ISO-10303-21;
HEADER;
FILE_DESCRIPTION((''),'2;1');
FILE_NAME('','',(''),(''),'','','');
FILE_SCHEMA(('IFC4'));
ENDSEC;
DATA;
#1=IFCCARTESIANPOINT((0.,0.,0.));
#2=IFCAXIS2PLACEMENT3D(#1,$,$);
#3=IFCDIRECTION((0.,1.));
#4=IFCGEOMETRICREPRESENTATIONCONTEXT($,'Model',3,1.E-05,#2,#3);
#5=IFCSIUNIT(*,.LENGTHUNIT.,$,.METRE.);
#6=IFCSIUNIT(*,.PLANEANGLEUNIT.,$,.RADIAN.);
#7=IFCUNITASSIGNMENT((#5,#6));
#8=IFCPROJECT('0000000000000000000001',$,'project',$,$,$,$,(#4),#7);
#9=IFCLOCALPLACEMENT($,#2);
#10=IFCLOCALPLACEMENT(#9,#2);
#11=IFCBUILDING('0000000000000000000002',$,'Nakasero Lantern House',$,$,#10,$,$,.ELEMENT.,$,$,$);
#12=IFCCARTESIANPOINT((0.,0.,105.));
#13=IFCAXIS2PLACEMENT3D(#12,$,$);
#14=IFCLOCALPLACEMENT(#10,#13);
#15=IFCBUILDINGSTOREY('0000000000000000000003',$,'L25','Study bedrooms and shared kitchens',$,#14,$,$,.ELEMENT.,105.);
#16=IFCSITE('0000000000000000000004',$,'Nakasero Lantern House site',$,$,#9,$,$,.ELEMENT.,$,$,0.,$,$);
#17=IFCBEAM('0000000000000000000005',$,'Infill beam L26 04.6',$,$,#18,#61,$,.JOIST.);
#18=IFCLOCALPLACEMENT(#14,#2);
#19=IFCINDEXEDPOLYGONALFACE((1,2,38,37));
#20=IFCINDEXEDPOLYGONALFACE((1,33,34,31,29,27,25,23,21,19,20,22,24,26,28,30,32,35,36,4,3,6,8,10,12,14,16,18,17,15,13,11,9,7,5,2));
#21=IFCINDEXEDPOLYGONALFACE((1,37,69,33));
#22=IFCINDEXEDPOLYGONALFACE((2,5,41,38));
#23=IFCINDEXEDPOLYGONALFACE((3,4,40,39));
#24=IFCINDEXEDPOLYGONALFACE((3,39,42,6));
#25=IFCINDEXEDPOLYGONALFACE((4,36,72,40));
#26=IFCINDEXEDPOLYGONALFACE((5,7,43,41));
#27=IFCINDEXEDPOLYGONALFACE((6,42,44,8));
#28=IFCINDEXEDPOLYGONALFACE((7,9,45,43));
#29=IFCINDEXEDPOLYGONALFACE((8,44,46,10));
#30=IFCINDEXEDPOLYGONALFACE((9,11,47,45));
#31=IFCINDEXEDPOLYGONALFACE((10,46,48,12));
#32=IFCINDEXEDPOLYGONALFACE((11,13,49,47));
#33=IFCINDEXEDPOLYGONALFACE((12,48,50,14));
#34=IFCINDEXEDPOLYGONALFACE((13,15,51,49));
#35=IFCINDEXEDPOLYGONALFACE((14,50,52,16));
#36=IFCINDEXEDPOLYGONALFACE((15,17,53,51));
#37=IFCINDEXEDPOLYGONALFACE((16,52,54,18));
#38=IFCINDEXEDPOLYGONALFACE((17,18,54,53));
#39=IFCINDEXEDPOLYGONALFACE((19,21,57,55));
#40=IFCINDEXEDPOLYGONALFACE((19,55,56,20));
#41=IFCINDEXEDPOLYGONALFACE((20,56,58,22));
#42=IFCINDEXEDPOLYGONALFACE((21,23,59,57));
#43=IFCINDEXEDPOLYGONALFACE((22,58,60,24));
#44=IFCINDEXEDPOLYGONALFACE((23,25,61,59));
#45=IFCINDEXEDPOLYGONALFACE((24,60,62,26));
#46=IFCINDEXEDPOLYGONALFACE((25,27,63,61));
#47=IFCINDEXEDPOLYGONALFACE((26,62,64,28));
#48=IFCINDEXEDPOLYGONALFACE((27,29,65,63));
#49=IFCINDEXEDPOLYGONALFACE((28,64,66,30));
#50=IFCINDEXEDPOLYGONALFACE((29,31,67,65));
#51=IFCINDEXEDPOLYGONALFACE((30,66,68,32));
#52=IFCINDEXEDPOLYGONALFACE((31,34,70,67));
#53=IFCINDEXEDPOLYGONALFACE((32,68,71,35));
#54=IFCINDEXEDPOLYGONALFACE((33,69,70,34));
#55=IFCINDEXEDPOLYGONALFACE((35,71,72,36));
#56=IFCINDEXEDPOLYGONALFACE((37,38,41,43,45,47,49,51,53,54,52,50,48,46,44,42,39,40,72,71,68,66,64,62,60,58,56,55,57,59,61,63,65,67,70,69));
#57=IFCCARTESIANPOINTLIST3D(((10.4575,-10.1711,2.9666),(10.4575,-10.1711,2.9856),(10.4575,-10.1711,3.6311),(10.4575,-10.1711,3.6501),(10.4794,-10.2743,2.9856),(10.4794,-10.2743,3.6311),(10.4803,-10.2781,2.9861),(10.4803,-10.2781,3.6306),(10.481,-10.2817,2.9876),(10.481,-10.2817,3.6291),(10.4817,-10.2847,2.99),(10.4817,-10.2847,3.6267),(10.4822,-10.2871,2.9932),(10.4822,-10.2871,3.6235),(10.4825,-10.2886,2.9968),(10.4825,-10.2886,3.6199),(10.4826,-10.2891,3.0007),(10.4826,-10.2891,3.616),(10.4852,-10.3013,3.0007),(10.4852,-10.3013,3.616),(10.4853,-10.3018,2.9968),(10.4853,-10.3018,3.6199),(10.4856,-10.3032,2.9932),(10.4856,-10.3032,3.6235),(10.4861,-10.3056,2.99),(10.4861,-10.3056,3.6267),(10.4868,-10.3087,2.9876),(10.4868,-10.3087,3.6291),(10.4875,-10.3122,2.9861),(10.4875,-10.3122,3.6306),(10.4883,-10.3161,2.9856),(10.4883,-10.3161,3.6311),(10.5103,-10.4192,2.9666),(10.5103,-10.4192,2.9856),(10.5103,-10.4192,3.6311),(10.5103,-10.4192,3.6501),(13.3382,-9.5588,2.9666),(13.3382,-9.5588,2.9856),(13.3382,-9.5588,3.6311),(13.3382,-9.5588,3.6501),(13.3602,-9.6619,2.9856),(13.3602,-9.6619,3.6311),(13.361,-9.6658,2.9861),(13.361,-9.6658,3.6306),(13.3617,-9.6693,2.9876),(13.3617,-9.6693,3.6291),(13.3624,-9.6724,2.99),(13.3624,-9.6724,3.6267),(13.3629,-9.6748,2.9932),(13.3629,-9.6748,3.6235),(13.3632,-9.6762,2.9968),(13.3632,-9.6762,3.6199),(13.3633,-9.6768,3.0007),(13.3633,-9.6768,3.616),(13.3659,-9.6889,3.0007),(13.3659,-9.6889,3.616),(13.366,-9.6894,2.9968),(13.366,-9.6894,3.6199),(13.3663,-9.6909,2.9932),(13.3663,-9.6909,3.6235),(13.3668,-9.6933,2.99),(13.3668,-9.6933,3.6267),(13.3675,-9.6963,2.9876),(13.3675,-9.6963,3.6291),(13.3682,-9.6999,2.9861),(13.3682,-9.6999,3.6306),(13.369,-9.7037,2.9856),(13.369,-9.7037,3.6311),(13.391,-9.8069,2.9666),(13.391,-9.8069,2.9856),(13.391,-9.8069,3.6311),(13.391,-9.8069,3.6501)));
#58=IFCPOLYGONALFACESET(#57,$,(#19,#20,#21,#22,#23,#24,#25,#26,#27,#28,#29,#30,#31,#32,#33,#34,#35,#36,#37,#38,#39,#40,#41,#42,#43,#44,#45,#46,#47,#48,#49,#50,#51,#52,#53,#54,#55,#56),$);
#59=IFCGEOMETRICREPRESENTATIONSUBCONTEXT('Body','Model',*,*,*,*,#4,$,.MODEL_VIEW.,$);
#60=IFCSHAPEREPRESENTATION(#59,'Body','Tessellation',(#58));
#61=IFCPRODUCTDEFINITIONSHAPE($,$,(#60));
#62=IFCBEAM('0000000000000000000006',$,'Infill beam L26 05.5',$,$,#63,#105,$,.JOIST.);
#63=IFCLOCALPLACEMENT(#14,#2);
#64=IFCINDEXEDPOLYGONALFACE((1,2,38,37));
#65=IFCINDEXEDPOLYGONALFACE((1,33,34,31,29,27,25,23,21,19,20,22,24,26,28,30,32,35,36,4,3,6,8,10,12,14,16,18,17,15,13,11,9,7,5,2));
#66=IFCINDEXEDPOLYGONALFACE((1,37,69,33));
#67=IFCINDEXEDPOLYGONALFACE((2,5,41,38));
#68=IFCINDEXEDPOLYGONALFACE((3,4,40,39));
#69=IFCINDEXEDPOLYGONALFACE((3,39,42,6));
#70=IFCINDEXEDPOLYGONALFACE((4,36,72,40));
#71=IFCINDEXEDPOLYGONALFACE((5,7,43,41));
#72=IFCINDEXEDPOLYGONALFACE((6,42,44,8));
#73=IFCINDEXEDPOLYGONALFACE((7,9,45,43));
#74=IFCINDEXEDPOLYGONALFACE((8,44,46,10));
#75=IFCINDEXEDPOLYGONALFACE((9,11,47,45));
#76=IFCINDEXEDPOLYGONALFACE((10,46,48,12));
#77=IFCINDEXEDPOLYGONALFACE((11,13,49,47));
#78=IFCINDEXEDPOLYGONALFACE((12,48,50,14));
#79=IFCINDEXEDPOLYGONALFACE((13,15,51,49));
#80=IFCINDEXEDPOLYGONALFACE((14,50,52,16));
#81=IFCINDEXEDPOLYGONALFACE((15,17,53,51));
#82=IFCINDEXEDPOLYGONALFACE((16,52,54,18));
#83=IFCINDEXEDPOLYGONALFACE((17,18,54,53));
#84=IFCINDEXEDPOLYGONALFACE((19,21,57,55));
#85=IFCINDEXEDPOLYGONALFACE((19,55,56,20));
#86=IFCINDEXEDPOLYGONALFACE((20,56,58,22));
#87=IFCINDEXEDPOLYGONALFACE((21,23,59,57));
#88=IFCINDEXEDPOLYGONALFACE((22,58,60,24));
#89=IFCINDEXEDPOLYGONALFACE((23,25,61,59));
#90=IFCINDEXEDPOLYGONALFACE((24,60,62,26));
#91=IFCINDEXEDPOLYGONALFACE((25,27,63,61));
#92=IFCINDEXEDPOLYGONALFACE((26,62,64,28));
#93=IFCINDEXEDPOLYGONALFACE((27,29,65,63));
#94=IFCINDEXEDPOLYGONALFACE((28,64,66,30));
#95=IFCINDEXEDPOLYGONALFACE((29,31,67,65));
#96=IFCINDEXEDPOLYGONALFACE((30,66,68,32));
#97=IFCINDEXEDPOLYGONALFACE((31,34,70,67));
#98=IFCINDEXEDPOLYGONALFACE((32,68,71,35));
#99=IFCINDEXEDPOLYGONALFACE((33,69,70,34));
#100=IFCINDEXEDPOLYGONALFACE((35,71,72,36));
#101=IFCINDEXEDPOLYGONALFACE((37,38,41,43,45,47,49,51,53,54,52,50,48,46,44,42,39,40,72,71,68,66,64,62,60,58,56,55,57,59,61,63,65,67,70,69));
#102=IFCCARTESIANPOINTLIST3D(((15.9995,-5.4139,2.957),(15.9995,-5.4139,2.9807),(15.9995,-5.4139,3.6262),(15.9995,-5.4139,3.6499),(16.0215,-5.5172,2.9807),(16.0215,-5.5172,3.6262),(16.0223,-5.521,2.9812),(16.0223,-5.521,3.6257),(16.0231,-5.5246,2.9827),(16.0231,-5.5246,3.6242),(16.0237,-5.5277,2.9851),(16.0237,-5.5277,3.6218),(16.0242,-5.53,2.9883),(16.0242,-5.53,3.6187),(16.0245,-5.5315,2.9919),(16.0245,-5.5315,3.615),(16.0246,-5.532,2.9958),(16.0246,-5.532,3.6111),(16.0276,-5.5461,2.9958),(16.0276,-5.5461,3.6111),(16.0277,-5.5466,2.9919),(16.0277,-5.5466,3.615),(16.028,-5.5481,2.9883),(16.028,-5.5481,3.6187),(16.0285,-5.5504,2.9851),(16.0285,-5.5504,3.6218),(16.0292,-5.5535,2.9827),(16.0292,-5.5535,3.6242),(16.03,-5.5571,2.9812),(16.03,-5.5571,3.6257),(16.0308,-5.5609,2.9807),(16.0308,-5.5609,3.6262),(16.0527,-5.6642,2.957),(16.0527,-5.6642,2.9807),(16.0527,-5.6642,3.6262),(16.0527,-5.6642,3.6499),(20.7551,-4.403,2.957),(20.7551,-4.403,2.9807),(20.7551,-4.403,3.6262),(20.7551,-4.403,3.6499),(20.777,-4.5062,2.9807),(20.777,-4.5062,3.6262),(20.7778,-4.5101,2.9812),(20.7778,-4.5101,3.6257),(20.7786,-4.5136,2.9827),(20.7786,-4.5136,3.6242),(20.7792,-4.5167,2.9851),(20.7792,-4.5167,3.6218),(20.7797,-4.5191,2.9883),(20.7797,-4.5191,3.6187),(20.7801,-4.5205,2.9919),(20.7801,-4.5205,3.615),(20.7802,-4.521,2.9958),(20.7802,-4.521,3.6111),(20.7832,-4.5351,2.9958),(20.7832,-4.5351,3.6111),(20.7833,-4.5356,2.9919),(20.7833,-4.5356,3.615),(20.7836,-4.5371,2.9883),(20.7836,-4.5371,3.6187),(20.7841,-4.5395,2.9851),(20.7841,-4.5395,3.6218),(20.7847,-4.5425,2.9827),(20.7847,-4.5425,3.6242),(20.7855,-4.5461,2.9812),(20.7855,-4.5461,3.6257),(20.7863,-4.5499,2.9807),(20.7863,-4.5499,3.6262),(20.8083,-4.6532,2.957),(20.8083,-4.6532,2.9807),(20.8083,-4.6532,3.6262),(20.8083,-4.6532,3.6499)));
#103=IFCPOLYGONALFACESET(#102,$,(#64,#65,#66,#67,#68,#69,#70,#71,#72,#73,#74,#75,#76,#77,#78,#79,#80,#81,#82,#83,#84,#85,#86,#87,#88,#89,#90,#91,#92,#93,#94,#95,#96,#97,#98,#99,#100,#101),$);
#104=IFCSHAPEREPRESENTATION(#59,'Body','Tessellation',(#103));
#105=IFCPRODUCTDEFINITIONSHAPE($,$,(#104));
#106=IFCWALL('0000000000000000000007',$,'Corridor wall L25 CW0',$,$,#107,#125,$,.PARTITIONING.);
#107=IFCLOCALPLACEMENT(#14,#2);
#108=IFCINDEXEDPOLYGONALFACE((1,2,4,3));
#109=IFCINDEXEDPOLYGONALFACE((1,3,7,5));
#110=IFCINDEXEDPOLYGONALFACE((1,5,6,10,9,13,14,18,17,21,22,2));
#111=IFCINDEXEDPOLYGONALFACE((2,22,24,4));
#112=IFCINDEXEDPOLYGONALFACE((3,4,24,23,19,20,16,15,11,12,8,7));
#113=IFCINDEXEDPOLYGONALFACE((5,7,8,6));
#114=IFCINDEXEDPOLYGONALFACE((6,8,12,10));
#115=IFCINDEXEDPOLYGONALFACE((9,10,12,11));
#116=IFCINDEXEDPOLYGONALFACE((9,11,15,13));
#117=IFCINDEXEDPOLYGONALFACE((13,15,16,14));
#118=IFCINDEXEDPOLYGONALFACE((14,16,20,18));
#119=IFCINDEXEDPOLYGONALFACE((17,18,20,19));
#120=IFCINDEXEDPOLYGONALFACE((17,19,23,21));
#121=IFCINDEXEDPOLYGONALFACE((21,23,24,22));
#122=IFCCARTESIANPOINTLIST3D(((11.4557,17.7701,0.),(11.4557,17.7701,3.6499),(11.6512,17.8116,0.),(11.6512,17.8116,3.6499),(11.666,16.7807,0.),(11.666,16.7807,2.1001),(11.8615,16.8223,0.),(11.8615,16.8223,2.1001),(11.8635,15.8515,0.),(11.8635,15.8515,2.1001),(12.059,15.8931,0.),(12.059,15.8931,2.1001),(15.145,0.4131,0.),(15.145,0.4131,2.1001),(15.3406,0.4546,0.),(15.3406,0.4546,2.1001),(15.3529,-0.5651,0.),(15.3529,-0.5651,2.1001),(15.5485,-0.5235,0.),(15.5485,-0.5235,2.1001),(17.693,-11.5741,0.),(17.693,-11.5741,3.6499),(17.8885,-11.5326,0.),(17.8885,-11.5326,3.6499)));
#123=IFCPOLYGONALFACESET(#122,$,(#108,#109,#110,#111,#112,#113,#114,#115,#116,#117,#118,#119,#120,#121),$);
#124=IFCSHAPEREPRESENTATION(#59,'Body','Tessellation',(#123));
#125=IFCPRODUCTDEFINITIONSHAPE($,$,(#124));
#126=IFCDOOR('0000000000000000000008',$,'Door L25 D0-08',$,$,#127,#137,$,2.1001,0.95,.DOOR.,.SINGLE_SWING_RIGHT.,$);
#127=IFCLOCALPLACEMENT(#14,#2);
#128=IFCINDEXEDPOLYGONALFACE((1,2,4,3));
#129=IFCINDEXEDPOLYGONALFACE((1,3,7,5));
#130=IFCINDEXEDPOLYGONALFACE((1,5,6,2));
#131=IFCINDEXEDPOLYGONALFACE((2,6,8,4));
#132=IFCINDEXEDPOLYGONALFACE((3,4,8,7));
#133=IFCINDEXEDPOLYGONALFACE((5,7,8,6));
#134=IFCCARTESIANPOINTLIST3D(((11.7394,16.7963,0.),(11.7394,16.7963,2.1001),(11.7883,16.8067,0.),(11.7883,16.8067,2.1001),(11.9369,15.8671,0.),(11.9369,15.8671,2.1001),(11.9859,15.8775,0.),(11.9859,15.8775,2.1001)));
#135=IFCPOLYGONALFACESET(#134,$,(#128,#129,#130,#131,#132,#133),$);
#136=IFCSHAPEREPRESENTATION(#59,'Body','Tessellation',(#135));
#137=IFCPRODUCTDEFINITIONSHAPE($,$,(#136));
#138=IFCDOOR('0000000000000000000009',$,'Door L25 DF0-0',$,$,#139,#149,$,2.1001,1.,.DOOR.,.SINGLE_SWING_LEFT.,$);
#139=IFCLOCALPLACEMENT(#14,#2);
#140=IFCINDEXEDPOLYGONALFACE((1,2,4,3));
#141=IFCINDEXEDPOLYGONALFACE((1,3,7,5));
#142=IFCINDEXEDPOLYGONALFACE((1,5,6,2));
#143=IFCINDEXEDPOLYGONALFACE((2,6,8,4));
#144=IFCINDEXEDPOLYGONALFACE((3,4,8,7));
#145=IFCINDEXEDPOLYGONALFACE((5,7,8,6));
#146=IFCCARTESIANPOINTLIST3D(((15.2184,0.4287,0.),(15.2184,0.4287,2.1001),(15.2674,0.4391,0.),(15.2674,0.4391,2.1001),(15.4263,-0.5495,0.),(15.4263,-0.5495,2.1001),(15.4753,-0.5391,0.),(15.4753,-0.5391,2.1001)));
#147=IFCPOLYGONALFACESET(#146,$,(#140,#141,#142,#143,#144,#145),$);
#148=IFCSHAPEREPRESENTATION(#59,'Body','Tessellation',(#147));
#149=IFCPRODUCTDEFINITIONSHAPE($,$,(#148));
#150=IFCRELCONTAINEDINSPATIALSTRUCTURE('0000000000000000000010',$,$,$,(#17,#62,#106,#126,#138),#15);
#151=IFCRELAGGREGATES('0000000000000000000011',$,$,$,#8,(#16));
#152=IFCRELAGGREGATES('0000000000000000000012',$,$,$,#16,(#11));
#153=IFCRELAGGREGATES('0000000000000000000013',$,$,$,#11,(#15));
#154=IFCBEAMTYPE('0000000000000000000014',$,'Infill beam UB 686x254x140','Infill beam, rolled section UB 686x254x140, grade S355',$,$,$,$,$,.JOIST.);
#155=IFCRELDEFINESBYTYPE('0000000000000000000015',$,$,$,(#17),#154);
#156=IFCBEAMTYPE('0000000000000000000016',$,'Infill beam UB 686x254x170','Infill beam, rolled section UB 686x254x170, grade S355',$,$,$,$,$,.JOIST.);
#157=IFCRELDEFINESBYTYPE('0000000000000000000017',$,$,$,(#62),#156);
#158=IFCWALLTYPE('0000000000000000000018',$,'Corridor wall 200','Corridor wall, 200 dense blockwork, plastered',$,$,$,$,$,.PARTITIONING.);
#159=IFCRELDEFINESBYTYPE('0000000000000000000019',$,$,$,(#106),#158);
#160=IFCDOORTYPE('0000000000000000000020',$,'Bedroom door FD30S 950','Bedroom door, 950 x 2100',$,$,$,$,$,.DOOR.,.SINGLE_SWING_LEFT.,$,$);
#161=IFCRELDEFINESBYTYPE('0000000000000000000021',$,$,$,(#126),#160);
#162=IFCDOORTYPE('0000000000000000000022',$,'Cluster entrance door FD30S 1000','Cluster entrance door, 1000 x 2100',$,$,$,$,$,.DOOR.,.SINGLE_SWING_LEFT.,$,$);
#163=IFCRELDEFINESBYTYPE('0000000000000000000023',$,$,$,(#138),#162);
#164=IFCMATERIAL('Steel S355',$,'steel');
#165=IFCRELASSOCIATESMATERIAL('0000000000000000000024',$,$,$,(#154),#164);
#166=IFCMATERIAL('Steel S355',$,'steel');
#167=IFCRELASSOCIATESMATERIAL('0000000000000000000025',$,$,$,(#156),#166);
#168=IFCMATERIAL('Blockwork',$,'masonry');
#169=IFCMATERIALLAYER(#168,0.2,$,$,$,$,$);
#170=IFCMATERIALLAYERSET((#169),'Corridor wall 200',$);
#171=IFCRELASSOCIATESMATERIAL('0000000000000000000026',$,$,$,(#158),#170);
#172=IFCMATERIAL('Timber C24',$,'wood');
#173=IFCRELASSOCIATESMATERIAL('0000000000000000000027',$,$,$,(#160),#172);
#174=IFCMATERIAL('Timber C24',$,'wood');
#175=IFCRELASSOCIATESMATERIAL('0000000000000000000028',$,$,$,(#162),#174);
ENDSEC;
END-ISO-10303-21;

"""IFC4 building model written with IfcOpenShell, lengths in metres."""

from ifc_helpers import new_model, si_unit, direction, frame, frame_2d, origin, origin_2d, place, context, subcontext, project, spatial, rectangle, i_section, extrude, material, layer, layer_set, material_profile, profile_set, type_object, element, fill, save


model = new_model("IFC4")

# Units and contexts
model_context = context("Model", 3, precision=1e-05, world=origin(), true_north=direction((0.0, 1.0)))
body_context = subcontext(model_context, "Body", "Model", "MODEL_VIEW")
ifc_project = project(units=[si_unit("LENGTHUNIT", "METRE"), si_unit("PLANEANGLEUNIT", "RADIAN")], contexts=[model_context])

# Site, building, storey
site_placement = place(None, origin())
site = spatial("IfcSite", under=ifc_project, at=site_placement, Name="Nakasero Lantern House site", CompositionType="ELEMENT", RefElevation=0.0)
building_placement = place(site_placement, origin())
building = spatial("IfcBuilding", under=site, at=building_placement, Name="Nakasero Lantern House", CompositionType="ELEMENT")
storey_placement = place(building_placement, frame((0.0, 0.0, 105.0)))
storey = spatial("IfcBuildingStorey", under=building, at=storey_placement, Name="L25", Description="Study bedrooms and shared kitchens", CompositionType="ELEMENT", Elevation=105.0)

# Beams
ifc_material_1 = material(Name="Steel S355", Category="steel")
ifc_material_profile_1 = material_profile(ifc_material_1, i_section(OverallWidth=0.2537, OverallDepth=0.6836, WebThickness=0.0125, FlangeThickness=0.019, FilletRadius=0.0151, at=origin_2d()), Name="UB 686x254x140")
ifc_profile_set_1 = profile_set([ifc_material_profile_1], Name="Steel S355")
beam_type_1 = type_object("IfcBeamType", Name="Infill beam UB 686x254x140", Description="Infill beam, rolled section UB 686x254x140, grade S355", PredefinedType="JOIST", material=ifc_profile_set_1)
beam_1_placement = place(storey_placement, frame((10.4839, -10.2952, 3.3083), z_axis=(0.978147, 0.207915, 0.0), x_axis=(-0.207915, 0.978147, 0.0)))
element("IfcBeam", 1, at=beam_1_placement, inside=storey, type_object=beam_type_1, Name="Infill beam L26 04.6", PredefinedType="JOIST", context=body_context, shape_type="SweptSolid", body=[
    extrude(i_section(OverallWidth=0.2537, OverallDepth=0.6836, WebThickness=0.0125, FlangeThickness=0.019, FilletRadius=0.0151, at=origin_2d()), origin(), (0.0, 0.0, 1.0), 2.9451),
])
ifc_material_2 = material(Name="Steel S355", Category="steel")
ifc_material_profile_2 = material_profile(ifc_material_2, i_section(OverallWidth=0.2559, OverallDepth=0.6929, WebThickness=0.0144, FlangeThickness=0.0237, FilletRadius=0.0151, at=origin_2d()), Name="UB 686x254x170")
ifc_profile_set_2 = profile_set([ifc_material_profile_2], Name="Steel S355")
beam_type_2 = type_object("IfcBeamType", Name="Infill beam UB 686x254x170", Description="Infill beam, rolled section UB 686x254x170, grade S355", PredefinedType="JOIST", material=ifc_profile_set_2)
beam_2_placement = place(storey_placement, frame((16.0261, -5.5391, 3.3035), z_axis=(0.978141, 0.207941, 0.0), x_axis=(-0.207941, 0.978141, 0.0)))
element("IfcBeam", 2, at=beam_2_placement, inside=storey, type_object=beam_type_2, Name="Infill beam L26 05.5", PredefinedType="JOIST", context=body_context, shape_type="SweptSolid", body=[
    extrude(i_section(OverallWidth=0.2559, OverallDepth=0.6929, WebThickness=0.0144, FlangeThickness=0.0237, FilletRadius=0.0151, at=origin_2d()), origin(), (0.0, 0.0, 1.0), 4.8618),
])

# Wall, openings, doors
ifc_material_3 = material(Name="Blockwork", Category="masonry")
ifc_layer_1 = layer(ifc_material_3, 0.2)
ifc_layer_set_1 = layer_set([ifc_layer_1], Name="Corridor wall 200")
wall_type_1 = type_object("IfcWallType", Name="Corridor wall 200", Description="Corridor wall, 200 dense blockwork, plastered", PredefinedType="PARTITIONING", material=ifc_layer_set_1)
wall_1_placement = place(storey_placement, frame((17.7908, -11.5535, 0.0), z_axis=(0.0, 0.0, 1.0), x_axis=(-0.207912, 0.978148, 0.0)))
wall_1 = element("IfcWall", 3, at=wall_1_placement, inside=storey, type_object=wall_type_1, Name="Corridor wall L25 CW0", PredefinedType="PARTITIONING", context=body_context, shape_type="SweptSolid", body=[
    extrude(rectangle(XDim=29.9998, YDim=0.2, at=frame_2d((15.0, 0.0))), origin(), (0.0, 0.0, 1.0), 3.6499),
])
opening_1_placement = place(wall_1_placement, frame((11.2551, 0.0, 0.0)))
opening_1 = element("IfcOpeningElement", 4, at=opening_1_placement, cuts=wall_1, PredefinedType="OPENING", context=body_context, shape_type="SweptSolid", body=[
    extrude(rectangle(XDim=1.0, YDim=2.1001, at=frame_2d((0.5, 1.05))), frame((0.0, 0.1199, 0.0), z_axis=(0.0, -1.0, 0.0), x_axis=(1.0, 0.0, 0.0)), (0.0, 0.0, 1.0), 0.24),
])
opening_2_placement = place(wall_1_placement, frame((28.0383, 0.0, 0.0)))
opening_2 = element("IfcOpeningElement", 5, at=opening_2_placement, cuts=wall_1, PredefinedType="OPENING", context=body_context, shape_type="SweptSolid", body=[
    extrude(rectangle(XDim=0.95, YDim=2.1001, at=frame_2d((0.4751, 1.05))), frame((0.0, 0.1199, 0.0), z_axis=(0.0, -1.0, 0.0), x_axis=(1.0, 0.0, 0.0)), (0.0, 0.0, 1.0), 0.24),
])
ifc_material_4 = material(Name="Timber C24", Category="wood")
door_type_1 = type_object("IfcDoorType", Name="Bedroom door FD30S 950", Description="Bedroom door, 950 x 2100", OperationType="SINGLE_SWING_LEFT", PredefinedType="DOOR", material=ifc_material_4)
door_1_placement = place(opening_2_placement, origin())
door_1 = element("IfcDoor", 6, at=door_1_placement, inside=storey, type_object=door_type_1, Name="Door L25 D0-08", OperationType="SINGLE_SWING_RIGHT", OverallHeight=2.1001, OverallWidth=0.95, PredefinedType="DOOR", context=body_context, shape_type="SweptSolid", body=[
    extrude(rectangle(XDim=0.95, YDim=2.1001, at=frame_2d((0.4751, 1.05))), frame((0.0, 0.0249, 0.0), z_axis=(0.0, -1.0, 0.0), x_axis=(1.0, 0.0, 0.0)), (0.0, 0.0, 1.0), 0.05),
])
fill(opening_2, door_1)
ifc_material_5 = material(Name="Timber C24", Category="wood")
door_type_2 = type_object("IfcDoorType", Name="Cluster entrance door FD30S 1000", Description="Cluster entrance door, 1000 x 2100", OperationType="SINGLE_SWING_LEFT", PredefinedType="DOOR", material=ifc_material_5)
door_2_placement = place(opening_1_placement, origin())
door_2 = element("IfcDoor", 7, at=door_2_placement, inside=storey, type_object=door_type_2, Name="Door L25 DF0-0", OperationType="SINGLE_SWING_LEFT", OverallHeight=2.1001, OverallWidth=1.0, PredefinedType="DOOR", context=body_context, shape_type="SweptSolid", body=[
    extrude(rectangle(XDim=1.0, YDim=2.1001, at=frame_2d((0.5, 1.05))), frame((0.0, 0.0249, 0.0), z_axis=(0.0, -1.0, 0.0), x_axis=(1.0, 0.0, 0.0)), (0.0, 0.0, 1.0), 0.05),
])
fill(opening_1, door_2)

save(model, "model.ifc")
